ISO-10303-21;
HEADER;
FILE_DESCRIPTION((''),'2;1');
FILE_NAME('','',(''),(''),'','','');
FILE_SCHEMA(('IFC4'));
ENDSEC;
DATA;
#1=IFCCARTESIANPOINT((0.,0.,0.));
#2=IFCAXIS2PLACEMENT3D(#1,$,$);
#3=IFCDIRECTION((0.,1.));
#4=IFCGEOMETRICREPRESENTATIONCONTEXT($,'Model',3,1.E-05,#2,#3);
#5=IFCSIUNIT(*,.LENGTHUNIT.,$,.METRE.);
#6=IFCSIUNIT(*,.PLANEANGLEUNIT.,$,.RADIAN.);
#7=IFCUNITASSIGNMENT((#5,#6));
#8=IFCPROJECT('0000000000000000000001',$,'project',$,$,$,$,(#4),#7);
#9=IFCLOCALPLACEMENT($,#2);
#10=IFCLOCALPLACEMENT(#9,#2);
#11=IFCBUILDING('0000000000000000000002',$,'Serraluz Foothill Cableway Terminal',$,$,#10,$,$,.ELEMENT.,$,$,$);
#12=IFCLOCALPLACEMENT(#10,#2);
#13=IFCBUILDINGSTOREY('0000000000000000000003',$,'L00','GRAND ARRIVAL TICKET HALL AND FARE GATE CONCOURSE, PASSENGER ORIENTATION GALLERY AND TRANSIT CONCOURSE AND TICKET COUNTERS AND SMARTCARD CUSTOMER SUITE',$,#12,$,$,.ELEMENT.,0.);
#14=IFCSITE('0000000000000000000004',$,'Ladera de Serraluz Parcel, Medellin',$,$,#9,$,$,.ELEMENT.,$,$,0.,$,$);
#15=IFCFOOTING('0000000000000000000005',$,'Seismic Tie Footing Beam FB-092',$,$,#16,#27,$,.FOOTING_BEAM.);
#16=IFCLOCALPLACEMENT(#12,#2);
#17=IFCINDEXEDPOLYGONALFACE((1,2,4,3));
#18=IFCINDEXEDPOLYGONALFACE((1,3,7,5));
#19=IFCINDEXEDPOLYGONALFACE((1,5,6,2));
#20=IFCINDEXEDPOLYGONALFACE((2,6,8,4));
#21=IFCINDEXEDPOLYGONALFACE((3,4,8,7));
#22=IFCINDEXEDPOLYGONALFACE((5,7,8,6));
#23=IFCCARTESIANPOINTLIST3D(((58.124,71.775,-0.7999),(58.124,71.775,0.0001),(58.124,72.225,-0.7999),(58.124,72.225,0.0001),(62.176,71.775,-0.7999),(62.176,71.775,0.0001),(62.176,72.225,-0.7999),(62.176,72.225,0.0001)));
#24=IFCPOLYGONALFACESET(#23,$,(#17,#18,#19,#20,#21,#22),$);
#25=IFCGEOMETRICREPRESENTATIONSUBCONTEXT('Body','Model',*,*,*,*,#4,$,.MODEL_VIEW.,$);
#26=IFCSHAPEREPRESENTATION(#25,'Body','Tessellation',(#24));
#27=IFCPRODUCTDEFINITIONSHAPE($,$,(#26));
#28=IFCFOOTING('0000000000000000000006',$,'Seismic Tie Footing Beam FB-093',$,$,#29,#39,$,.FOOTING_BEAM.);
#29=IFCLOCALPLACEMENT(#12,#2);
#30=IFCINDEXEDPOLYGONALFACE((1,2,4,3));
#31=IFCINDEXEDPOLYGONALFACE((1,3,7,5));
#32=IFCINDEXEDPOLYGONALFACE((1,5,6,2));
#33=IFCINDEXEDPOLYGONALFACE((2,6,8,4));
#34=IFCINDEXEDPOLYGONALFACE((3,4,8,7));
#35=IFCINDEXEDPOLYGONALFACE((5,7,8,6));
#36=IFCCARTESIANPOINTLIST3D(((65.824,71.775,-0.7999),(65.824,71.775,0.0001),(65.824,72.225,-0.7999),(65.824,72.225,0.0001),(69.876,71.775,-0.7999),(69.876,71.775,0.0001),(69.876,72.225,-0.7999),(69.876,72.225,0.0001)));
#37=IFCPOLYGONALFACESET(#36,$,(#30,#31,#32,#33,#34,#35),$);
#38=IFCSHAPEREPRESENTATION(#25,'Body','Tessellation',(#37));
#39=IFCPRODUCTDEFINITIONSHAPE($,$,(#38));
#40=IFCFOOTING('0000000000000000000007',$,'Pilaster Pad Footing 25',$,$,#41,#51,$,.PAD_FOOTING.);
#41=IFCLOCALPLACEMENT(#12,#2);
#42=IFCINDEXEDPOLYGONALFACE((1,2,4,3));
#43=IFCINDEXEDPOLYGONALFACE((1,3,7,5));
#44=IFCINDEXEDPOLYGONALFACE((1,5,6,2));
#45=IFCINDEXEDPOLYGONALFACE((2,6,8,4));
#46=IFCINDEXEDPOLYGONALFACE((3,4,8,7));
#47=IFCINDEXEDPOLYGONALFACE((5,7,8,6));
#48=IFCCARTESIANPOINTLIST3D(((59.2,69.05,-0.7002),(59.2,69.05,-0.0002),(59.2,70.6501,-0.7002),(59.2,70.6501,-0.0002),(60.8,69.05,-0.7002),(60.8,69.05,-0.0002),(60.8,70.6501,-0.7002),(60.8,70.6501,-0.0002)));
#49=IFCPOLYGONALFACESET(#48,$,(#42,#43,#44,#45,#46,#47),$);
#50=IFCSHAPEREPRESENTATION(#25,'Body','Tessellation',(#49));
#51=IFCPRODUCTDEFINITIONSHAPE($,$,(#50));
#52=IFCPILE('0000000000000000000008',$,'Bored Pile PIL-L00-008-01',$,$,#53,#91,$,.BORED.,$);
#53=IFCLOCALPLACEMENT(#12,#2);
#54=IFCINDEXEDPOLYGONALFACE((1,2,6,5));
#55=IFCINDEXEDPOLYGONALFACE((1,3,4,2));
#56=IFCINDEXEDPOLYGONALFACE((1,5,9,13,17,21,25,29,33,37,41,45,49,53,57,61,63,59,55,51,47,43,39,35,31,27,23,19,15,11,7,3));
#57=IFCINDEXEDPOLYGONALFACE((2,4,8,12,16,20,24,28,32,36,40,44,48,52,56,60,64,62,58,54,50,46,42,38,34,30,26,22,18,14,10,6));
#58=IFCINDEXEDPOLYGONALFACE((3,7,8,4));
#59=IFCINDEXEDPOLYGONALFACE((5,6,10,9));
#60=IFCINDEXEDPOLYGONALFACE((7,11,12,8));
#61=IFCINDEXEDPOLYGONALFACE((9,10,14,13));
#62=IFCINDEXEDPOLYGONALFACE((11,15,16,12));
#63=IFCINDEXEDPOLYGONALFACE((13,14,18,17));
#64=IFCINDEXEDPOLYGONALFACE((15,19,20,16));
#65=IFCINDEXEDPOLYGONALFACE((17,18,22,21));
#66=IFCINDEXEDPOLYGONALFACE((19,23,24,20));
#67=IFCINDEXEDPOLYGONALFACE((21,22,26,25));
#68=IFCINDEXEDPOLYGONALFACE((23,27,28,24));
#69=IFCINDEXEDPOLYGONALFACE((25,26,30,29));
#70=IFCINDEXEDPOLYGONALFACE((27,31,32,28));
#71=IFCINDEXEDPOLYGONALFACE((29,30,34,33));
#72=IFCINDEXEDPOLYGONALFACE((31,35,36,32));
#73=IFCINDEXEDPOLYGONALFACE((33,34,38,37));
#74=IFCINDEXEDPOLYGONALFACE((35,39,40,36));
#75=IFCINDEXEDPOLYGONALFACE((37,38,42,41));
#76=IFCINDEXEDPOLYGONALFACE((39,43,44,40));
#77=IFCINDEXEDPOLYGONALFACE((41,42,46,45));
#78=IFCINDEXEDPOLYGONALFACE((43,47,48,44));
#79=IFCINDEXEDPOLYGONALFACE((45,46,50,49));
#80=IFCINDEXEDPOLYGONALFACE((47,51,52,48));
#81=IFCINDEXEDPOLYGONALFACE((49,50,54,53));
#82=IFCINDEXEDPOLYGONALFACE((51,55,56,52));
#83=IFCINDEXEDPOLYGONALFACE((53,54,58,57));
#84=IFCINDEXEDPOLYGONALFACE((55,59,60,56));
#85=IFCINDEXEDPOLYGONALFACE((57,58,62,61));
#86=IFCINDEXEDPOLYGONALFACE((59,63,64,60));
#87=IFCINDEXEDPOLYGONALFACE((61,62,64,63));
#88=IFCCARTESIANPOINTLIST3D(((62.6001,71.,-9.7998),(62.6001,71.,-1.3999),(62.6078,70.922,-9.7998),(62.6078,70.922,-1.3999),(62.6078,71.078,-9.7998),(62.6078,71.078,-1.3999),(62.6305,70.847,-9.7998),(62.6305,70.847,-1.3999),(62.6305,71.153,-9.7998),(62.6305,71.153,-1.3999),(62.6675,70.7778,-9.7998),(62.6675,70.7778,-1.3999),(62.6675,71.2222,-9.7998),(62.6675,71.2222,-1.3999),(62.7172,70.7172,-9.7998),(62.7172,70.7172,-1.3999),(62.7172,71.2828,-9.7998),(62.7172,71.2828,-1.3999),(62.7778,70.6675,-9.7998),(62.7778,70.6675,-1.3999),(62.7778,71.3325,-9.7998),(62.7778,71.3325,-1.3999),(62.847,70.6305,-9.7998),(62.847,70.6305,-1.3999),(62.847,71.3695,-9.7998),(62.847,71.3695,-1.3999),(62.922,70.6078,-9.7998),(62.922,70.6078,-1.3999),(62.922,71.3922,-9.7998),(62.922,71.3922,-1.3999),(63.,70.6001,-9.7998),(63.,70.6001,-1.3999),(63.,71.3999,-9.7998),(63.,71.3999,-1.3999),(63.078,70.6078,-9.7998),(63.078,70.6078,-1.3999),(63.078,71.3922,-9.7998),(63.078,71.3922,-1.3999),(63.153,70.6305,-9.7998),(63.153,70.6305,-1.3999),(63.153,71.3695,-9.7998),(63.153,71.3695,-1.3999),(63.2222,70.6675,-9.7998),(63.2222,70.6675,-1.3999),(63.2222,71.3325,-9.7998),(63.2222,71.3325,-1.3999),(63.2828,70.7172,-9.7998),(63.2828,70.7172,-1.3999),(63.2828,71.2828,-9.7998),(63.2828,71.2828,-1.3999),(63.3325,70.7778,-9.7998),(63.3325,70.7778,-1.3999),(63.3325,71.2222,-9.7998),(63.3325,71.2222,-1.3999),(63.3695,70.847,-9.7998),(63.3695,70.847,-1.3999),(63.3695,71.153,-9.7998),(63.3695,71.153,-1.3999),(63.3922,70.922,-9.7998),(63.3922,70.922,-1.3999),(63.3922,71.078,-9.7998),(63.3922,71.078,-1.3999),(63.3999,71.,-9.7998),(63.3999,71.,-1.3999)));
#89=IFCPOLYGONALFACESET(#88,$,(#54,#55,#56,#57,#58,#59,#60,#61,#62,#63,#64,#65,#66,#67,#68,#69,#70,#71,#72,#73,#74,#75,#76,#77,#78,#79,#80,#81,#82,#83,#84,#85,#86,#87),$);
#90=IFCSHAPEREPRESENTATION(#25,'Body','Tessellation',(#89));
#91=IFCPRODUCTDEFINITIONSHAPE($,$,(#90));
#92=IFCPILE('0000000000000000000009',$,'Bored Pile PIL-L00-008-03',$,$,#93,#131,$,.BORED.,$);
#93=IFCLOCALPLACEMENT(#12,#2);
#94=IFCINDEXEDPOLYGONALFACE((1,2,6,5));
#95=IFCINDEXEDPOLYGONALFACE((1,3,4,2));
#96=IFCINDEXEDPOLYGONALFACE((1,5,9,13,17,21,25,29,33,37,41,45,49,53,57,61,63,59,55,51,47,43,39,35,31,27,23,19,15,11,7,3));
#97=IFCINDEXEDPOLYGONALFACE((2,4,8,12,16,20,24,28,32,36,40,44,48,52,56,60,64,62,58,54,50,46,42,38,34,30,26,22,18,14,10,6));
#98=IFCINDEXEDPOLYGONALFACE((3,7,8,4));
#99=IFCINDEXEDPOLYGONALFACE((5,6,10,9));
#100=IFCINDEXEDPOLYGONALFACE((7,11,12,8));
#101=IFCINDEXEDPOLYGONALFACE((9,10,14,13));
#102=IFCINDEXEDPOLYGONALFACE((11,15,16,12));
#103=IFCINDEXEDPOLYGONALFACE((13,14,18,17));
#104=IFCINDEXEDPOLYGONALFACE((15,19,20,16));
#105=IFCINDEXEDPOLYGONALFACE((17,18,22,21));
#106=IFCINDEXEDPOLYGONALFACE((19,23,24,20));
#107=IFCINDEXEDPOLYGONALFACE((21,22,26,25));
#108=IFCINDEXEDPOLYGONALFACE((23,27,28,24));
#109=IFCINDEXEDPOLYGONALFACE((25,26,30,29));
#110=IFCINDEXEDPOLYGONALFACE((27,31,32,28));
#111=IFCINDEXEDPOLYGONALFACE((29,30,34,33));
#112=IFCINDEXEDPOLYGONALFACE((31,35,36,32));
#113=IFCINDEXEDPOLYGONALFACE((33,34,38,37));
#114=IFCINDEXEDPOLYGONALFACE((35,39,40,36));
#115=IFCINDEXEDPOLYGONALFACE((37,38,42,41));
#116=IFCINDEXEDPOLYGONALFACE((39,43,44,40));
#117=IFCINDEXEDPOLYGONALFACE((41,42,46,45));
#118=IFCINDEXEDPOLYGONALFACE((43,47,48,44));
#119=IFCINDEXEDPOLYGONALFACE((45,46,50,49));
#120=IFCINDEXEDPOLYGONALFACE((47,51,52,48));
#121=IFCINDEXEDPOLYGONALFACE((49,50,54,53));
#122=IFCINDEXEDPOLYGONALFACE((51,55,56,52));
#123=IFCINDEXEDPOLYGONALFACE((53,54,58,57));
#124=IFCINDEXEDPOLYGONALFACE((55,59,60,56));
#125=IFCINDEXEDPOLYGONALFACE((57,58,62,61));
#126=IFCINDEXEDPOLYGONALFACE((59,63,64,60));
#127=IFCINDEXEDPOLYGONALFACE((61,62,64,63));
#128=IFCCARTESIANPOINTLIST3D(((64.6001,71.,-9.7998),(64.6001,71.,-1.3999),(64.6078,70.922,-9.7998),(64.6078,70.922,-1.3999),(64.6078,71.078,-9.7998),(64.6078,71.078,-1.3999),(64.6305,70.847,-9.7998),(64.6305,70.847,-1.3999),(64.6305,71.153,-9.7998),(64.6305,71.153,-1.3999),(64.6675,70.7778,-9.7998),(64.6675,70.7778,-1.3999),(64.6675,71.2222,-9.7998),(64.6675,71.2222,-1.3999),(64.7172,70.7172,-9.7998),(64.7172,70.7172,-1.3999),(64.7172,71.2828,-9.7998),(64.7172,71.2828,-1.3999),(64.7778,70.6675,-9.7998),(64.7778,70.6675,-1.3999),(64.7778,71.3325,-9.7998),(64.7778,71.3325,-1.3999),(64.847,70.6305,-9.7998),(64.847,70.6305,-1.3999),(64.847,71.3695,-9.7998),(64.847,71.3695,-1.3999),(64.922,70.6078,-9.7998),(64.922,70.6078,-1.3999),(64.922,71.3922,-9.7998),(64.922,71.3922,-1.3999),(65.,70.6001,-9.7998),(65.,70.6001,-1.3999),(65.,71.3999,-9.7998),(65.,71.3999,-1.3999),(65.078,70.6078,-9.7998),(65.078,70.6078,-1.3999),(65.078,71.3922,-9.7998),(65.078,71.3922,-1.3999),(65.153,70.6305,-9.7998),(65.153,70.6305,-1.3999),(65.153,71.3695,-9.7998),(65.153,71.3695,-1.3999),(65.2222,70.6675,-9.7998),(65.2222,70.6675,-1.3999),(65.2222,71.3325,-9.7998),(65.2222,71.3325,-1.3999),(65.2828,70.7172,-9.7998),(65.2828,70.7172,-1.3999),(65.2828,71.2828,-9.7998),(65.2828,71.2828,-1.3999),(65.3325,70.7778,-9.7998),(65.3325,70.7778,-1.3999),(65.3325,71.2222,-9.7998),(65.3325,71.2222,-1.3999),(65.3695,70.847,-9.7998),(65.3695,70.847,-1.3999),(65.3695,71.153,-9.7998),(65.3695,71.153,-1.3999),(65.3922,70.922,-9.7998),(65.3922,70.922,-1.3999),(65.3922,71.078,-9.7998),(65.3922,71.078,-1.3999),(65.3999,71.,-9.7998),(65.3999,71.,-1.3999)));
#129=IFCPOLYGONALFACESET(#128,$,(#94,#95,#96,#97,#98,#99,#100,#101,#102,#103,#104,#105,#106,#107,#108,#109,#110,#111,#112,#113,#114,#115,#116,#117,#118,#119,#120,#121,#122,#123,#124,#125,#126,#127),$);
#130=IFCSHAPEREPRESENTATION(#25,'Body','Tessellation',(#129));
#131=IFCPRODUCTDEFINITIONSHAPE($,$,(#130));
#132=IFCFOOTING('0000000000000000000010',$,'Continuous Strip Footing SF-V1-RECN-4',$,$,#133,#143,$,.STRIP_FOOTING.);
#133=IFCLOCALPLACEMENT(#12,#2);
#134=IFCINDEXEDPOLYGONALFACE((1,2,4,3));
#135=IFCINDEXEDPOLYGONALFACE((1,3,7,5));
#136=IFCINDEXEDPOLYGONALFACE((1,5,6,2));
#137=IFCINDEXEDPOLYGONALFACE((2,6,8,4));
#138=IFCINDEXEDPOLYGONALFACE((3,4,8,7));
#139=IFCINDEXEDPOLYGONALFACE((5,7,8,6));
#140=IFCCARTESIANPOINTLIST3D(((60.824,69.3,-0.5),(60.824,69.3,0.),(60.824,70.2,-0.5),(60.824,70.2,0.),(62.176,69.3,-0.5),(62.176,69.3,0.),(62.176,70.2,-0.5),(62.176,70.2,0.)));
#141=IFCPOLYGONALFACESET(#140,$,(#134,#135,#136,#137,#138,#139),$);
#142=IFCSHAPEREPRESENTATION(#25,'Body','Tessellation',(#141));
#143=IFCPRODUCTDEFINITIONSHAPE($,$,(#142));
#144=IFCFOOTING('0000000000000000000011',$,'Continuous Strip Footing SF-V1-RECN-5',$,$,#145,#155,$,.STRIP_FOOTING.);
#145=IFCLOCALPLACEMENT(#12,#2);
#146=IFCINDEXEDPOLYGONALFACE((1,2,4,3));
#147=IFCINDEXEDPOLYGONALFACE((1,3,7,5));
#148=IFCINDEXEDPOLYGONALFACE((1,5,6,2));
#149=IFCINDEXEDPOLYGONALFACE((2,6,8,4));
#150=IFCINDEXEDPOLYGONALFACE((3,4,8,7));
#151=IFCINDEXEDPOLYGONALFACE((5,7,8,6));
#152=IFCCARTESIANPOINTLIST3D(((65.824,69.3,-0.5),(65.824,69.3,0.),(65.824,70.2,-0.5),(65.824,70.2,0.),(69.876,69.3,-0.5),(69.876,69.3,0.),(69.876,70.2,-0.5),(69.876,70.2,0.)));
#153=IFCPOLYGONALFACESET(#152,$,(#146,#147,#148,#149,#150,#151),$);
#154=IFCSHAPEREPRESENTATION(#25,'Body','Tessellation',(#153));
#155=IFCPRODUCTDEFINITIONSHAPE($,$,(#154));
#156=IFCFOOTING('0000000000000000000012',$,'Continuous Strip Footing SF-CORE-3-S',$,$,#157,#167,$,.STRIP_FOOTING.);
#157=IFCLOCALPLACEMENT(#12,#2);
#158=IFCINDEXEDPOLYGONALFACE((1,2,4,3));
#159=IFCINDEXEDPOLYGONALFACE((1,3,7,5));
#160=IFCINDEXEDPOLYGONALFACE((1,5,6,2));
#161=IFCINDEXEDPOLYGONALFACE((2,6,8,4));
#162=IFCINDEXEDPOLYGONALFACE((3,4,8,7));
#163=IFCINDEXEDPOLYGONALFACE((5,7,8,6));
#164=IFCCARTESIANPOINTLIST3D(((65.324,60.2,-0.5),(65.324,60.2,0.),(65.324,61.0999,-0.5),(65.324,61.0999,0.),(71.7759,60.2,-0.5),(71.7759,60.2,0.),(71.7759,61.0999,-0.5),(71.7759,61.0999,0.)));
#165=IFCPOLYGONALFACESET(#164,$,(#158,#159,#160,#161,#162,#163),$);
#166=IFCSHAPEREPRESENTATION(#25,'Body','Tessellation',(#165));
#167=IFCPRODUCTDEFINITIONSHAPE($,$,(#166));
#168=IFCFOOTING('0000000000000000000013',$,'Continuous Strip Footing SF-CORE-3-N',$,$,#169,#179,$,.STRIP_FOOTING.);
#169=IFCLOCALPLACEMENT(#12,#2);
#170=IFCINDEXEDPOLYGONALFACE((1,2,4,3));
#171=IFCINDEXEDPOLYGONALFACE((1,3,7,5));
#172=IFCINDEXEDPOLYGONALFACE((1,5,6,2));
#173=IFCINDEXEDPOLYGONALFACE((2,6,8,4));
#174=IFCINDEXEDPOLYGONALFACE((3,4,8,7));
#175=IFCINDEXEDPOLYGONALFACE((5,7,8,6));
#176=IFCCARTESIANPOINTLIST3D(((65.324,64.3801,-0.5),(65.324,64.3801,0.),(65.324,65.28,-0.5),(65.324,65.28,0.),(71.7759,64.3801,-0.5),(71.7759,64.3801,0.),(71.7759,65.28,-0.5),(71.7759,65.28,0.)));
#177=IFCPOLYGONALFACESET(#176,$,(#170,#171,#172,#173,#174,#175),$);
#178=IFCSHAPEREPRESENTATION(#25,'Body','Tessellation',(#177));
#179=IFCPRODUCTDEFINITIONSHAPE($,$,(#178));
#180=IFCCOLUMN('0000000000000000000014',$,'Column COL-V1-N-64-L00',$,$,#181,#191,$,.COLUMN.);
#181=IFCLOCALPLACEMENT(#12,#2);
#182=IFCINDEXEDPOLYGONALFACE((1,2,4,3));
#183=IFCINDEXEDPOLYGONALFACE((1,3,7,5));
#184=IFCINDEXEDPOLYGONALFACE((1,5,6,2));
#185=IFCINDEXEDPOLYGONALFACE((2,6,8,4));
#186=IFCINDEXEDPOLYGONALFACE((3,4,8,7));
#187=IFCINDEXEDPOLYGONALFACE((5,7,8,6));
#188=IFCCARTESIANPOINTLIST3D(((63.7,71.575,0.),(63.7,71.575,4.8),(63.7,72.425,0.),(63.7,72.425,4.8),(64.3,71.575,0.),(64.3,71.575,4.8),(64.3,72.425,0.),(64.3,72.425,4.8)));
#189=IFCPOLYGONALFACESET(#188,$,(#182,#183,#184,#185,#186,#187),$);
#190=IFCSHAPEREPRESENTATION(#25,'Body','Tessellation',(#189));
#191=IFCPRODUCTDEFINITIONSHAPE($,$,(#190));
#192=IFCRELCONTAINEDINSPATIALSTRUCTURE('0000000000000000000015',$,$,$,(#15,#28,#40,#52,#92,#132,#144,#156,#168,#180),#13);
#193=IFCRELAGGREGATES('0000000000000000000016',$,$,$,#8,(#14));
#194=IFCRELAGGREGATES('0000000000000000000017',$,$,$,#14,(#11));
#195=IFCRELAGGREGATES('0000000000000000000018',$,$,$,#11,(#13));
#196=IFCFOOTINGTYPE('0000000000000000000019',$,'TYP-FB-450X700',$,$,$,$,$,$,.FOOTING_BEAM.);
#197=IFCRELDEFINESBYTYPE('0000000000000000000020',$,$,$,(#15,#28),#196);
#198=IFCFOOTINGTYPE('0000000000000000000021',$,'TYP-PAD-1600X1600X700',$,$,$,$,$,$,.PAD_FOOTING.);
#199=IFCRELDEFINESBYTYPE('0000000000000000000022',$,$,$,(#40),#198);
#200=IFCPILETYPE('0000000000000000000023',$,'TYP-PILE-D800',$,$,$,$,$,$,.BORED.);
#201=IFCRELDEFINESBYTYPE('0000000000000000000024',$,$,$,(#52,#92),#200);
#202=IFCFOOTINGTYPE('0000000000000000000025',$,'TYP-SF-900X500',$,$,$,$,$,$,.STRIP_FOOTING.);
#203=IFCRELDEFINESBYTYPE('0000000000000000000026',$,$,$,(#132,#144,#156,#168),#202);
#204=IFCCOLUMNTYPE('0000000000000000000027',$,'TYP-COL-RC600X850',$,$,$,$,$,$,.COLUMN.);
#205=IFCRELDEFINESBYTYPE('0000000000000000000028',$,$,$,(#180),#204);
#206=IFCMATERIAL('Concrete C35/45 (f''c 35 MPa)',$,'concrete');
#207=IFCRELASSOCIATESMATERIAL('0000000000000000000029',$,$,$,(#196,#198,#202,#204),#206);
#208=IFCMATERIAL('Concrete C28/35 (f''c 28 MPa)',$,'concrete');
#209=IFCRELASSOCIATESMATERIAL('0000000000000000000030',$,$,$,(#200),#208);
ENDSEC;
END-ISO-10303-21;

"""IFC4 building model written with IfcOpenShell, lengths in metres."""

from ifc_helpers import new_model, si_unit, direction, frame, origin, origin_2d, place, context, subcontext, project, spatial, rectangle, circle, extrude, material, material_profile, profile_set, type_object, element, save


model = new_model("IFC4")

# Units and contexts
model_context = context("Model", 3, precision=1e-05, world=origin(), true_north=direction((0.0, 1.0)))
body_context = subcontext(model_context, "Body", "Model", "MODEL_VIEW")
ifc_project = project(units=[si_unit("LENGTHUNIT", "METRE"), si_unit("PLANEANGLEUNIT", "RADIAN")], contexts=[model_context])

# Site, building, storey
site_placement = place(None, origin())
site = spatial("IfcSite", under=ifc_project, at=site_placement, Name="Ladera de Serraluz Parcel, Medellin", CompositionType="ELEMENT", RefElevation=0.0)
building_placement = place(site_placement, origin())
building = spatial("IfcBuilding", under=site, at=building_placement, Name="Serraluz Foothill Cableway Terminal", CompositionType="ELEMENT")
storey_placement = place(building_placement, origin())
storey = spatial("IfcBuildingStorey", under=building, at=storey_placement, Name="L00", Description="GRAND ARRIVAL TICKET HALL AND FARE GATE CONCOURSE, PASSENGER ORIENTATION GALLERY AND TRANSIT CONCOURSE AND TICKET COUNTERS AND SMARTCARD CUSTOMER SUITE", CompositionType="ELEMENT", Elevation=0.0)

# Footings
ifc_material_1 = material(Name="Concrete C35/45 (f'c 35 MPa)", Category="concrete")
ifc_material_profile_1 = material_profile(ifc_material_1, rectangle(XDim=0.45, YDim=0.8, at=origin_2d()), Name="RC 450x800")
ifc_profile_set_1 = profile_set([ifc_material_profile_1], Name="Concrete C35/45 (f'c 35 MPa)")
footing_type_1 = type_object("IfcFootingType", Name="TYP-FB-450X700", PredefinedType="FOOTING_BEAM", material=ifc_profile_set_1)
for number, where, z_axis, x_axis, name in (
    (1, (58.124, 72.0, -0.3999), (1.0, 0.0, 0.0), (0.0, 1.0, 0.0), "Seismic Tie Footing Beam FB-092"),
    (2, (65.824, 72.0, -0.3999), (1.0, 0.0, 0.0), (0.0, 1.0, 0.0), "Seismic Tie Footing Beam FB-093"),
):
    element("IfcFooting", number, at=place(storey_placement, frame(where, z_axis=z_axis, x_axis=x_axis)), inside=storey, type_object=footing_type_1, Name=name, PredefinedType="FOOTING_BEAM", context=body_context, shape_type="SweptSolid", body=[
        extrude(rectangle(XDim=0.45, YDim=0.8, at=origin_2d()), origin(), (0.0, 0.0, 1.0), 4.052),
    ])
footing_type_2 = type_object("IfcFootingType", Name="TYP-PAD-1600X1600X700", PredefinedType="PAD_FOOTING", material=ifc_material_1)
footing_1_placement = place(storey_placement, frame((60.0, 69.8501, -0.7002), z_axis=(0.0, 0.0, 1.0), x_axis=(1.0, 0.0, 0.0)))
element("IfcFooting", 3, at=footing_1_placement, inside=storey, type_object=footing_type_2, Name="Pilaster Pad Footing 25", PredefinedType="PAD_FOOTING", context=body_context, shape_type="SweptSolid", body=[
    extrude(rectangle(XDim=1.6001, YDim=1.6001, at=origin_2d()), origin(), (0.0, 0.0, 1.0), 0.7),
])

# Piles
ifc_material_2 = material(Name="Concrete C28/35 (f'c 28 MPa)", Category="concrete")
ifc_material_profile_2 = material_profile(ifc_material_2, circle(Radius=0.3999, at=origin_2d()), Name="BORED PILE D800")
ifc_profile_set_2 = profile_set([ifc_material_profile_2], Name="Concrete C28/35 (f'c 28 MPa)")
pile_type = type_object("IfcPileType", Name="TYP-PILE-D800", PredefinedType="BORED", material=ifc_profile_set_2)
for number, where, z_axis, x_axis, name in (
    (4, (63.0, 71.0, -1.3999), (0.0, 0.0, -1.0), (1.0, 0.0, 0.0), "Bored Pile PIL-L00-008-01"),
    (5, (65.0, 71.0, -1.3999), (0.0, 0.0, -1.0), (1.0, 0.0, 0.0), "Bored Pile PIL-L00-008-03"),
):
    element("IfcPile", number, at=place(storey_placement, frame(where, z_axis=z_axis, x_axis=x_axis)), inside=storey, type_object=pile_type, Name=name, PredefinedType="BORED", context=body_context, shape_type="SweptSolid", body=[
        extrude(circle(Radius=0.3999, at=origin_2d()), origin(), (0.0, 0.0, 1.0), 8.3999),
    ])

# Footings
ifc_material_profile_3 = material_profile(ifc_material_1, rectangle(XDim=0.8999, YDim=0.5, at=origin_2d()), Name="SF 900x500")
ifc_profile_set_3 = profile_set([ifc_material_profile_3], Name="Concrete C35/45 (f'c 35 MPa)")
footing_type_3 = type_object("IfcFootingType", Name="TYP-SF-900X500", PredefinedType="STRIP_FOOTING", material=ifc_profile_set_3)
footing_2_placement = place(storey_placement, frame((60.824, 69.75, -0.25), z_axis=(1.0, 0.0, 0.0), x_axis=(0.0, 1.0, 0.0)))
element("IfcFooting", 6, at=footing_2_placement, inside=storey, type_object=footing_type_3, Name="Continuous Strip Footing SF-V1-RECN-4", PredefinedType="STRIP_FOOTING", context=body_context, shape_type="SweptSolid", body=[
    extrude(rectangle(XDim=0.8999, YDim=0.5, at=origin_2d()), origin(), (0.0, 0.0, 1.0), 1.3521),
])
footing_3_placement = place(storey_placement, frame((65.824, 69.75, -0.25), z_axis=(1.0, 0.0, 0.0), x_axis=(0.0, 1.0, 0.0)))
element("IfcFooting", 7, at=footing_3_placement, inside=storey, type_object=footing_type_3, Name="Continuous Strip Footing SF-V1-RECN-5", PredefinedType="STRIP_FOOTING", context=body_context, shape_type="SweptSolid", body=[
    extrude(rectangle(XDim=0.8999, YDim=0.5, at=origin_2d()), origin(), (0.0, 0.0, 1.0), 4.052),
])
for number, where, z_axis, x_axis, name in (
    (8, (65.324, 60.6499, -0.25), (1.0, 0.0, 0.0), (0.0, 1.0, 0.0), "Continuous Strip Footing SF-CORE-3-S"),
    (9, (65.324, 64.8301, -0.25), (1.0, 0.0, 0.0), (0.0, 1.0, 0.0), "Continuous Strip Footing SF-CORE-3-N"),
):
    element("IfcFooting", number, at=place(storey_placement, frame(where, z_axis=z_axis, x_axis=x_axis)), inside=storey, type_object=footing_type_3, Name=name, PredefinedType="STRIP_FOOTING", context=body_context, shape_type="SweptSolid", body=[
        extrude(rectangle(XDim=0.8999, YDim=0.5, at=origin_2d()), origin(), (0.0, 0.0, 1.0), 6.4519),
    ])

# Column
ifc_material_profile_4 = material_profile(ifc_material_1, rectangle(XDim=0.6001, YDim=0.8501, at=origin_2d()), Name="RC 600x850")
ifc_profile_set_4 = profile_set([ifc_material_profile_4], Name="Concrete C35/45 (f'c 35 MPa)")
column_type_1 = type_object("IfcColumnType", Name="TYP-COL-RC600X850", PredefinedType="COLUMN", material=ifc_profile_set_4)
column_1_placement = place(storey_placement, frame((64.0, 72.0, 0.0), z_axis=(0.0, 0.0, 1.0), x_axis=(1.0, 0.0, 0.0)))
element("IfcColumn", 10, at=column_1_placement, inside=storey, type_object=column_type_1, Name="Column COL-V1-N-64-L00", PredefinedType="COLUMN", context=body_context, shape_type="SweptSolid", body=[
    extrude(rectangle(XDim=0.6001, YDim=0.8501, at=origin_2d()), origin(), (0.0, 0.0, 1.0), 4.8),
])

save(model, "model.ifc")
